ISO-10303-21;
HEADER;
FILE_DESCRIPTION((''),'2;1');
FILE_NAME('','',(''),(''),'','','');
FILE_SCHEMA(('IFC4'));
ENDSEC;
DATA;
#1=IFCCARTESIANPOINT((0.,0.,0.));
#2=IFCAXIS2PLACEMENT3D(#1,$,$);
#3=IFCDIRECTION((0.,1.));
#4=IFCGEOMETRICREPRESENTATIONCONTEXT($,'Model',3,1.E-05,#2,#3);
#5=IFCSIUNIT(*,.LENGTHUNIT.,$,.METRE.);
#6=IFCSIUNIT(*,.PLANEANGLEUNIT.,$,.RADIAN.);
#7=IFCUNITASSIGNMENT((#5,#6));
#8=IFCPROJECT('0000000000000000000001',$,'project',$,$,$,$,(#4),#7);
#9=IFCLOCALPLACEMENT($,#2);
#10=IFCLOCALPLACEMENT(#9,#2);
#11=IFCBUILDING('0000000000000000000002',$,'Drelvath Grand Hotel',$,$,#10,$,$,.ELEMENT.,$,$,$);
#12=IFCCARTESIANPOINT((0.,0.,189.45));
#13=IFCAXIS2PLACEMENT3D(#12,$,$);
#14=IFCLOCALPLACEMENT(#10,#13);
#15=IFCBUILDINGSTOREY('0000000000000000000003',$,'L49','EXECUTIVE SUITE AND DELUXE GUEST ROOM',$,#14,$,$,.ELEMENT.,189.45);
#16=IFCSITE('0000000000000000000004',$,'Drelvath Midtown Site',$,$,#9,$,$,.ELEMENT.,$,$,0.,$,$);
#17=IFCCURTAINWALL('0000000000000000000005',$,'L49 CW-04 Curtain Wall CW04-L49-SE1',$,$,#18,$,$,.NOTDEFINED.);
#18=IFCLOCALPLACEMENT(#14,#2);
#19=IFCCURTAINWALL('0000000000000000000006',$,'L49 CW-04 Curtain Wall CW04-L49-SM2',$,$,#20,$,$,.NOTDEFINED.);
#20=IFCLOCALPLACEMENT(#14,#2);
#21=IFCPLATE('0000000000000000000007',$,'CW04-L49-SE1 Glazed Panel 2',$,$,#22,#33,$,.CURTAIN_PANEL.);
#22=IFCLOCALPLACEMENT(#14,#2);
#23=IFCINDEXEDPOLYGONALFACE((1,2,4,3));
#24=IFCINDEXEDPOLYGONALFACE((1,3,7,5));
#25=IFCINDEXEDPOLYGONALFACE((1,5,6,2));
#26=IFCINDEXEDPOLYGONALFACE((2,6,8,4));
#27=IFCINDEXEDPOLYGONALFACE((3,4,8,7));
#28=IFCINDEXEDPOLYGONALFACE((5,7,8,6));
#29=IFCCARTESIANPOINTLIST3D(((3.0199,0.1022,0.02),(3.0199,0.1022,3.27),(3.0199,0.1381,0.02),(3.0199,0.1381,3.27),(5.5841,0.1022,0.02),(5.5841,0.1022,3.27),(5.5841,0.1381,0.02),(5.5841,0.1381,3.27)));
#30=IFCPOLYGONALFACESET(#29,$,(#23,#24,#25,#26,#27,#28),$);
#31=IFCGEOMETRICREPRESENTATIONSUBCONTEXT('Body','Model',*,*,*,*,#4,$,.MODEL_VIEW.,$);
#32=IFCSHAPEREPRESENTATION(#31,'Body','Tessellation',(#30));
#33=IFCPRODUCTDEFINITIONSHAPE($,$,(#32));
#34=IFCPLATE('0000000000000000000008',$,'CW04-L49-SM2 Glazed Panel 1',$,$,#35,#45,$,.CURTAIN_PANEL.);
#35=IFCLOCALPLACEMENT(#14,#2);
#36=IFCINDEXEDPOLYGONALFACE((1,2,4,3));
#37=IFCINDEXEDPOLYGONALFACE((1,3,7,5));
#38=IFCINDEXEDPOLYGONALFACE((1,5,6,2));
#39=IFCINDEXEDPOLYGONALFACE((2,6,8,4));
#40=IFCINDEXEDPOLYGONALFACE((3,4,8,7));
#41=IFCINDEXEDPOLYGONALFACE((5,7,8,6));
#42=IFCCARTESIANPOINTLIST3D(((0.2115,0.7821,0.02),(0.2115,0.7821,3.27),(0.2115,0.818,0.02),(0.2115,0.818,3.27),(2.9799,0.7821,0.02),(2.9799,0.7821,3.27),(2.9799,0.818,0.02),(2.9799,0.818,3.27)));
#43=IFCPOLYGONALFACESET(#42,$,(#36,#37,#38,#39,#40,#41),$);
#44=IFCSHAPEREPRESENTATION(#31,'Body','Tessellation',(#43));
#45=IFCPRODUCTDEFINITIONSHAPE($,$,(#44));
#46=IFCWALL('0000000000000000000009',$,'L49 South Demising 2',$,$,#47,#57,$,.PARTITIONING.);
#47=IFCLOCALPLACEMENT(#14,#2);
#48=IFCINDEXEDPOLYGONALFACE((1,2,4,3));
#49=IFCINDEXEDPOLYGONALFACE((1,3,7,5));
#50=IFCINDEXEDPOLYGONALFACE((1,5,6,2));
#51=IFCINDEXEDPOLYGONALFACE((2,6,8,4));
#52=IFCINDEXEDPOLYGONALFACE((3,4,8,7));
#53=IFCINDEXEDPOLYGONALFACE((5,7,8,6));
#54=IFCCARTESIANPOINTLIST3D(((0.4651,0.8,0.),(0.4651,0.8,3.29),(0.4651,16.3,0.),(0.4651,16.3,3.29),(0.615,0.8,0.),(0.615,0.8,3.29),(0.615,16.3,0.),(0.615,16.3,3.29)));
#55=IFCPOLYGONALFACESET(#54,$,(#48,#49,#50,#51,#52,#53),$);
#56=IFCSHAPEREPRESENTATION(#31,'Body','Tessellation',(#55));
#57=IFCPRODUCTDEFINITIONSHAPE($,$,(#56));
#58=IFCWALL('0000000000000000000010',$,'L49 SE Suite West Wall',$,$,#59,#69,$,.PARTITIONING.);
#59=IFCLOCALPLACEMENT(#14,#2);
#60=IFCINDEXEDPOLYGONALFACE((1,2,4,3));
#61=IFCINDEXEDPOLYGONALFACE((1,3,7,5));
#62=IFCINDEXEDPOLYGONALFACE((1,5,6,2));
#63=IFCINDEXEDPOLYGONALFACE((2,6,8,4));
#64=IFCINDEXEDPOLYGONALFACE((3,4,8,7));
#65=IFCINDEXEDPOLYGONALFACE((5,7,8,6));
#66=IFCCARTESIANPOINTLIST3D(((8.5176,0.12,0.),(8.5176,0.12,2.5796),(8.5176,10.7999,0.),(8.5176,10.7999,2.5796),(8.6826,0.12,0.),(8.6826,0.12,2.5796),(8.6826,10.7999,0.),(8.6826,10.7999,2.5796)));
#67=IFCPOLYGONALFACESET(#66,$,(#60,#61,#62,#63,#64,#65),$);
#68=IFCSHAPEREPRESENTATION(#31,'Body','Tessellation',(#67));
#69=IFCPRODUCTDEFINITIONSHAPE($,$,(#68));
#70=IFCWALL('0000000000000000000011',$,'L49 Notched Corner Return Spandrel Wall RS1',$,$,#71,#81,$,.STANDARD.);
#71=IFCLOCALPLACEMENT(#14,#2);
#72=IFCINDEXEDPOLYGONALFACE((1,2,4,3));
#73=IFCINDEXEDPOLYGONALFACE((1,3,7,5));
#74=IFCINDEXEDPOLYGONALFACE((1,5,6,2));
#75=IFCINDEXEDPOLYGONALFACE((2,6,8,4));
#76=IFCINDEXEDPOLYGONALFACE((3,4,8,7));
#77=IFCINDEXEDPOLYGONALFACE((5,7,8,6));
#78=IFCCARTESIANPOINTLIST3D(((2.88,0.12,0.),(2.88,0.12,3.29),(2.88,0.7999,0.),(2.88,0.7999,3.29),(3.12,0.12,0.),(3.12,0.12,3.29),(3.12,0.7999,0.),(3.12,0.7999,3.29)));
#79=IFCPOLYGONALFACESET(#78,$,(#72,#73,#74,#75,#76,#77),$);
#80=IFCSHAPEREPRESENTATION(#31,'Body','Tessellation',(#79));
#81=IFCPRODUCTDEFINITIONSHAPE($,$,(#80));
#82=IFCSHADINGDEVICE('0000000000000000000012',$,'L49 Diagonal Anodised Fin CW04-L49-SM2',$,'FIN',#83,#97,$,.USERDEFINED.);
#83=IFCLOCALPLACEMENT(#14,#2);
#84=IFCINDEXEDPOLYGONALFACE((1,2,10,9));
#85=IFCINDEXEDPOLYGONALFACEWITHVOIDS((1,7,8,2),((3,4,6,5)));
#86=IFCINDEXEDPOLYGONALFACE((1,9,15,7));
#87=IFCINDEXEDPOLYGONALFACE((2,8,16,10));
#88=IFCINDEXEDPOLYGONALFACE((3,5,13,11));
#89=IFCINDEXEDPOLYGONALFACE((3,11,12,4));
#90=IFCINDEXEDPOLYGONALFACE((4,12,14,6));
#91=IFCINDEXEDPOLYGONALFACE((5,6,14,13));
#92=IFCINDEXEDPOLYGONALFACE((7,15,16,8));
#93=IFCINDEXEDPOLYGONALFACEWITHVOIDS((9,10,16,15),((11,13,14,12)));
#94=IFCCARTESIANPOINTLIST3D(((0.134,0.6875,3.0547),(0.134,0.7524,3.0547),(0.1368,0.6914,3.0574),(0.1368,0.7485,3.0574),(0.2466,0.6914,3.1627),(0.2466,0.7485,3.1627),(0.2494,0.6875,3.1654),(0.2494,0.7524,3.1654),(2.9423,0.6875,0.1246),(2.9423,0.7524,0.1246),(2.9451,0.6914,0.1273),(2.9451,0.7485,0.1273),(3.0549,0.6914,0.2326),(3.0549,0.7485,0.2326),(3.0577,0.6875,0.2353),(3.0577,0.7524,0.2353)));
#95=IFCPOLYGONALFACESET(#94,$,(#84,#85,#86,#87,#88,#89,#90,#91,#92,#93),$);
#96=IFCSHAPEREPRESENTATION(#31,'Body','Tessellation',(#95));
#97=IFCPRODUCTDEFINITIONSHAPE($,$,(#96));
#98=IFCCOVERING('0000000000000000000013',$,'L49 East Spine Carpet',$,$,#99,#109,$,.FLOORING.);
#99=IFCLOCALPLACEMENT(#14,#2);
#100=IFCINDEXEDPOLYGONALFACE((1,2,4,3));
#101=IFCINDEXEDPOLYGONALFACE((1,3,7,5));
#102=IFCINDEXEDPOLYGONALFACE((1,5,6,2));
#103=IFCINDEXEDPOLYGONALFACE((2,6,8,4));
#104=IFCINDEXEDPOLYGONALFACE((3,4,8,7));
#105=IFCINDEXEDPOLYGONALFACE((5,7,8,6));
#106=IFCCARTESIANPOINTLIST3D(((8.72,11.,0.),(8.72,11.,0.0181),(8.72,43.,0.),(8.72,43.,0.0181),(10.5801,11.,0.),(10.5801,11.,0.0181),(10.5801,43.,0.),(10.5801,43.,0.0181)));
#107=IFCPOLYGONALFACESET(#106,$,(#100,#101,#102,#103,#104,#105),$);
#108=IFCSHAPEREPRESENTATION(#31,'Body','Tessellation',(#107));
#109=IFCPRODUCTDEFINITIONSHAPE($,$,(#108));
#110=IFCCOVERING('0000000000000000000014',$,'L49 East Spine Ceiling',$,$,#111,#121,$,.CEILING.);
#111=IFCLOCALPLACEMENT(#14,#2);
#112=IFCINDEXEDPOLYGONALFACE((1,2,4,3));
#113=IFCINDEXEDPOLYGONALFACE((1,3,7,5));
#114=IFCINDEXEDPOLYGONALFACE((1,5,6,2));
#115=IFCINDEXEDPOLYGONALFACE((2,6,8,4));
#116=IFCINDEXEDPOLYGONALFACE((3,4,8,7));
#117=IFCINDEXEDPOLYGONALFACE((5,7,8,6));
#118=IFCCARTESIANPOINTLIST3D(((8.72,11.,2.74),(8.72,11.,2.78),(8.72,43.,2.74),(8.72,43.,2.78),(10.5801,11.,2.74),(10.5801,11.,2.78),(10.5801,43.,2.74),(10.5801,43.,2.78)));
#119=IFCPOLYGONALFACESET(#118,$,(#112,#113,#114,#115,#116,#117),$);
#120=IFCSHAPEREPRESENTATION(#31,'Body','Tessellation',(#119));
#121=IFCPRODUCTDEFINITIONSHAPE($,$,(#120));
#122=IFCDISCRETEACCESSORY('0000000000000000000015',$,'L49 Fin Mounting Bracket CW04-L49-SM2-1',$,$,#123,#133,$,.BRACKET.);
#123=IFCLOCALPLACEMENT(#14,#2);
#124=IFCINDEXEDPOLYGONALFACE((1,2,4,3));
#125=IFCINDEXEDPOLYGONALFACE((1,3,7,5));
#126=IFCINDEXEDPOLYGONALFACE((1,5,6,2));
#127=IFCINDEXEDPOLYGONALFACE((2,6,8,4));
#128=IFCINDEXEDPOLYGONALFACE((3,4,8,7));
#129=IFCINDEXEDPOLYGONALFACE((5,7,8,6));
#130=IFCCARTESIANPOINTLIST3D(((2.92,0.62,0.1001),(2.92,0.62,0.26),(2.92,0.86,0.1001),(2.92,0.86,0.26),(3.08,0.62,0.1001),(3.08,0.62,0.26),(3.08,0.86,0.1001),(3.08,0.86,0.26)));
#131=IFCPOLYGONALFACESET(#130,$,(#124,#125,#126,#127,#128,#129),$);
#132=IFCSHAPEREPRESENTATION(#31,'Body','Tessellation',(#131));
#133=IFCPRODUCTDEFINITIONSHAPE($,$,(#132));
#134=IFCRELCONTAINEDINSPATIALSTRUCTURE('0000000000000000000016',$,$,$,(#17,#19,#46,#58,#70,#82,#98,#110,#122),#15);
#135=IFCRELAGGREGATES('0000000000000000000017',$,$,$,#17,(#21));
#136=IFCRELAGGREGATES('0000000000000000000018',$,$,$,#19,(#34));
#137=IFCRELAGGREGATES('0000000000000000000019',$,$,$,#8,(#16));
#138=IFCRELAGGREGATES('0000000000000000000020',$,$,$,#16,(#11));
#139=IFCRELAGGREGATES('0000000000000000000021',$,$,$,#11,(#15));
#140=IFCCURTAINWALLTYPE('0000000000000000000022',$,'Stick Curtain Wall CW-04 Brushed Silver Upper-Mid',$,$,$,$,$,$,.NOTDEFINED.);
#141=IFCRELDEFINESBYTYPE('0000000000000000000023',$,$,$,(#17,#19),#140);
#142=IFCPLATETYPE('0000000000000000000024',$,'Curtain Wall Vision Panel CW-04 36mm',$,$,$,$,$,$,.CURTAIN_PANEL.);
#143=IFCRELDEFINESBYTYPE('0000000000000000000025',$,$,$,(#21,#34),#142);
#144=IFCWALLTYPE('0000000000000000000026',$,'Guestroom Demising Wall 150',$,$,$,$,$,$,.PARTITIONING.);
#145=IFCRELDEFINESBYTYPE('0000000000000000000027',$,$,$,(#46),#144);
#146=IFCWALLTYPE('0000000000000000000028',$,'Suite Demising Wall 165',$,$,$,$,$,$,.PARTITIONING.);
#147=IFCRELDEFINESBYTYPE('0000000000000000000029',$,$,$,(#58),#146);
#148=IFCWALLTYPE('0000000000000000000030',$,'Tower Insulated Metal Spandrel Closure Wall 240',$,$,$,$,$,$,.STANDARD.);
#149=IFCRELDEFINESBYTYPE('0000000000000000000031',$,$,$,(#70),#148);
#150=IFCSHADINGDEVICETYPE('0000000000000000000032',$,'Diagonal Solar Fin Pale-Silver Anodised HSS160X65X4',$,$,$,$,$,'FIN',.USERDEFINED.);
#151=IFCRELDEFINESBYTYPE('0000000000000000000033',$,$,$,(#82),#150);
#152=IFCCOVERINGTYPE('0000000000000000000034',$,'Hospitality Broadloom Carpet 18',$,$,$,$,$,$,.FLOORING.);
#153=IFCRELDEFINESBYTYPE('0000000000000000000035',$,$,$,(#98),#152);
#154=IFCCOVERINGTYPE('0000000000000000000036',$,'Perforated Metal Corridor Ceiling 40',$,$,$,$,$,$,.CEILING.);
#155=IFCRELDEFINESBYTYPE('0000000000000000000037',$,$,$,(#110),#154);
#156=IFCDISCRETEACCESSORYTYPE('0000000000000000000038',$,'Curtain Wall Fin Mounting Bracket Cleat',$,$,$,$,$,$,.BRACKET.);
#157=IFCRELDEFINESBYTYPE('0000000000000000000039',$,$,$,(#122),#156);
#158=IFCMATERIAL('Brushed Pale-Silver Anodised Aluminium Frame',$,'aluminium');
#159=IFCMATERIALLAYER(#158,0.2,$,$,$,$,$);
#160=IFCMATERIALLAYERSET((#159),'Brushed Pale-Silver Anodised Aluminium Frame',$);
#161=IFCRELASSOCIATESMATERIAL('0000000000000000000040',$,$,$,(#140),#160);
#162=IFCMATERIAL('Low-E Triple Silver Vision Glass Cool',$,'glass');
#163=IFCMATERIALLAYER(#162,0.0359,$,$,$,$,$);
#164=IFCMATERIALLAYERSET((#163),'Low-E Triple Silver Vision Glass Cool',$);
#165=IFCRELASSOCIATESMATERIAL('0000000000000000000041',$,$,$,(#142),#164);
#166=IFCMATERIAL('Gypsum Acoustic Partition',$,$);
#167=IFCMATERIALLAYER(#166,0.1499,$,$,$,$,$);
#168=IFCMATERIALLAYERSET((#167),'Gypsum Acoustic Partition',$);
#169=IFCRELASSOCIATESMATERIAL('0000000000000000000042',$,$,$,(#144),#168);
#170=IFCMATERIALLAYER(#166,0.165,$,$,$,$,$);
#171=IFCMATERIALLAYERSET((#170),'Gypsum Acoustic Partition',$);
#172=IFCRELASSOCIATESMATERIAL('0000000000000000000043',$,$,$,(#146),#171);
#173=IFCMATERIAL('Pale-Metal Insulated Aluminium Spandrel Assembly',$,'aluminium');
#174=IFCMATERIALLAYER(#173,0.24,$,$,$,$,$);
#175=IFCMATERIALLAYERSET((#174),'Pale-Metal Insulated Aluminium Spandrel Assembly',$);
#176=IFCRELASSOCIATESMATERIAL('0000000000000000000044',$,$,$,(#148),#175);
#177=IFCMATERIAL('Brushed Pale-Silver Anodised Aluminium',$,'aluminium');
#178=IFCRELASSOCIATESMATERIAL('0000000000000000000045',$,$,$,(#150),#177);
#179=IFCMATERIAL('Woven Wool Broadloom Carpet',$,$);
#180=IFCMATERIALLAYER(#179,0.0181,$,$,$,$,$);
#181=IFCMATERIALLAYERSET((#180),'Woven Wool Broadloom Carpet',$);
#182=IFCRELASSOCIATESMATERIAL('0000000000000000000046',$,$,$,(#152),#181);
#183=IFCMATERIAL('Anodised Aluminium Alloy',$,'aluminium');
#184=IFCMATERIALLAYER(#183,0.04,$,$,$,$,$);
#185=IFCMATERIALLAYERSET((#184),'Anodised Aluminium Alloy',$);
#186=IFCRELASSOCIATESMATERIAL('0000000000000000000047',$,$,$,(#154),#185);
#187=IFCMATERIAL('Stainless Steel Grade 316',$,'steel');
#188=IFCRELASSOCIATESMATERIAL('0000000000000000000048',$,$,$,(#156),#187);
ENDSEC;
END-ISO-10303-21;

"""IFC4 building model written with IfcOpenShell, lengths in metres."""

from ifc_helpers import new_model, si_unit, direction, frame, frame_2d, origin, origin_2d, place, context, subcontext, project, spatial, polyline, rectangle, hollow_rectangle, outline, extrude, material, layer, layer_set, material_profile, profile_set, type_object, element, aggregate, save


model = new_model("IFC4")

# Units and contexts
model_context = context("Model", 3, precision=1e-05, world=origin(), true_north=direction((0.0, 1.0)))
body_context = subcontext(model_context, "Body", "Model", "MODEL_VIEW")
ifc_project = project(units=[si_unit("LENGTHUNIT", "METRE"), si_unit("PLANEANGLEUNIT", "RADIAN")], contexts=[model_context])

# Site, building, storey
site_placement = place(None, origin())
site = spatial("IfcSite", under=ifc_project, at=site_placement, Name="Drelvath Midtown Site", CompositionType="ELEMENT", RefElevation=0.0)
building_placement = place(site_placement, origin())
building = spatial("IfcBuilding", under=site, at=building_placement, Name="Drelvath Grand Hotel", CompositionType="ELEMENT")
storey_placement = place(building_placement, frame((0.0, 0.0, 189.45)))
storey = spatial("IfcBuildingStorey", under=building, at=storey_placement, Name="L49", Description="EXECUTIVE SUITE AND DELUXE GUEST ROOM", CompositionType="ELEMENT", Elevation=189.45)

# Curtain walls
ifc_material_1 = material(Name="Brushed Pale-Silver Anodised Aluminium Frame", Category="aluminium")
ifc_layer_1 = layer(ifc_material_1, 0.2)
ifc_layer_set_1 = layer_set([ifc_layer_1], Name="Brushed Pale-Silver Anodised Aluminium Frame")
curtain_wall_type = type_object("IfcCurtainWallType", Name="Stick Curtain Wall CW-04 Brushed Silver Upper-Mid", PredefinedType="NOTDEFINED", material=ifc_layer_set_1)
curtain_wall_1_placement = place(storey_placement, origin())
curtain_wall_1 = element("IfcCurtainWall", 1, at=curtain_wall_1_placement, inside=storey, type_object=curtain_wall_type, Name="L49 CW-04 Curtain Wall CW04-L49-SE1", PredefinedType="NOTDEFINED")
curtain_wall_2_placement = place(storey_placement, origin())
curtain_wall_2 = element("IfcCurtainWall", 2, at=curtain_wall_2_placement, inside=storey, type_object=curtain_wall_type, Name="L49 CW-04 Curtain Wall CW04-L49-SM2", PredefinedType="NOTDEFINED")

# Plates
ifc_material_2 = material(Name="Low-E Triple Silver Vision Glass Cool", Category="glass")
ifc_layer_2 = layer(ifc_material_2, 0.0359)
ifc_layer_set_2 = layer_set([ifc_layer_2], Name="Low-E Triple Silver Vision Glass Cool")
plate_type = type_object("IfcPlateType", Name="Curtain Wall Vision Panel CW-04 36mm", PredefinedType="CURTAIN_PANEL", material=ifc_layer_set_2)
plate_1_placement = place(storey_placement, frame((4.302, 0.1201, 0.02), z_axis=(0.0, 0.0, 1.0), x_axis=(-1.0, 0.0, 0.0)))
plate_1 = element("IfcPlate", 3, at=plate_1_placement, type_object=plate_type, Name="CW04-L49-SE1 Glazed Panel 2", PredefinedType="CURTAIN_PANEL", context=body_context, shape_type="SweptSolid", body=[
    extrude(rectangle(XDim=2.5642, YDim=0.0359, at=origin_2d()), origin(), (0.0, 0.0, 1.0), 3.25),
])
aggregate(curtain_wall_1, [plate_1])
plate_2_placement = place(storey_placement, frame((1.5957, 0.8, 0.02), z_axis=(0.0, 0.0, 1.0), x_axis=(-1.0, 0.0, 0.0)))
plate_2 = element("IfcPlate", 4, at=plate_2_placement, type_object=plate_type, Name="CW04-L49-SM2 Glazed Panel 1", PredefinedType="CURTAIN_PANEL", context=body_context, shape_type="SweptSolid", body=[
    extrude(rectangle(XDim=2.7683, YDim=0.0359, at=origin_2d()), origin(), (0.0, 0.0, 1.0), 3.25),
])
aggregate(curtain_wall_2, [plate_2])

# Walls
ifc_material_3 = material(Name="Gypsum Acoustic Partition")
ifc_layer_3 = layer(ifc_material_3, 0.1499)
ifc_layer_set_3 = layer_set([ifc_layer_3], Name="Gypsum Acoustic Partition")
wall_type_1 = type_object("IfcWallType", Name="Guestroom Demising Wall 150", PredefinedType="PARTITIONING", material=ifc_layer_set_3)
wall_1_placement = place(storey_placement, frame((0.54, 0.8, 0.0), z_axis=(0.0, 0.0, 1.0), x_axis=(0.0, 1.0, 0.0)))
element("IfcWall", 5, at=wall_1_placement, inside=storey, type_object=wall_type_1, Name="L49 South Demising 2", PredefinedType="PARTITIONING", context=body_context, shape_type="SweptSolid", body=[
    extrude(rectangle(XDim=15.5, YDim=0.1499, at=frame_2d((7.75, 0.0))), origin(), (0.0, 0.0, 1.0), 3.29),
])
ifc_layer_4 = layer(ifc_material_3, 0.165)
ifc_layer_set_4 = layer_set([ifc_layer_4], Name="Gypsum Acoustic Partition")
wall_type_2 = type_object("IfcWallType", Name="Suite Demising Wall 165", PredefinedType="PARTITIONING", material=ifc_layer_set_4)
wall_2_placement = place(storey_placement, frame((8.6001, 0.1201, 0.0), z_axis=(0.0, 0.0, 1.0), x_axis=(0.0, 1.0, 0.0)))
element("IfcWall", 6, at=wall_2_placement, inside=storey, type_object=wall_type_2, Name="L49 SE Suite West Wall", PredefinedType="PARTITIONING", context=body_context, shape_type="SweptSolid", body=[
    extrude(rectangle(XDim=10.6799, YDim=0.165, at=frame_2d((5.3398, 0.0))), origin(), (0.0, 0.0, 1.0), 2.5796),
])
ifc_material_4 = material(Name="Pale-Metal Insulated Aluminium Spandrel Assembly", Category="aluminium")
ifc_layer_5 = layer(ifc_material_4, 0.24)
ifc_layer_set_5 = layer_set([ifc_layer_5], Name="Pale-Metal Insulated Aluminium Spandrel Assembly")
wall_type_3 = type_object("IfcWallType", Name="Tower Insulated Metal Spandrel Closure Wall 240", PredefinedType="STANDARD", material=ifc_layer_set_5)
wall_3_placement = place(storey_placement, frame((3.0, 0.1201, 0.0), z_axis=(0.0, 0.0, 1.0), x_axis=(0.0, 1.0, 0.0)))
element("IfcWall", 7, at=wall_3_placement, inside=storey, type_object=wall_type_3, Name="L49 Notched Corner Return Spandrel Wall RS1", PredefinedType="STANDARD", context=body_context, shape_type="SweptSolid", body=[
    extrude(rectangle(XDim=0.6799, YDim=0.24, at=frame_2d((0.3398, 0.0))), origin(), (0.0, 0.0, 1.0), 3.29),
])

# Shading device
ifc_material_5 = material(Name="Brushed Pale-Silver Anodised Aluminium", Category="aluminium")
ifc_material_profile_1 = material_profile(ifc_material_5, hollow_rectangle(XDim=0.0649, YDim=0.1599, WallThickness=0.0039, at=origin_2d()), Name="HSS160X65X4")
ifc_profile_set_1 = profile_set([ifc_material_profile_1], Name="Brushed Pale-Silver Anodised Aluminium")
shading_device_type = type_object("IfcShadingDeviceType", Name="Diagonal Solar Fin Pale-Silver Anodised HSS160X65X4", ElementType="FIN", PredefinedType="USERDEFINED", material=ifc_profile_set_1)
shading_device_placement = place(storey_placement, frame((3.0, 0.72, 0.1799), z_axis=(-0.691939, 0.0, 0.721956), x_axis=(0.0, -1.0, 0.0)))
element("IfcShadingDevice", 8, at=shading_device_placement, inside=storey, type_object=shading_device_type, Name="L49 Diagonal Anodised Fin CW04-L49-SM2", ObjectType="FIN", PredefinedType="USERDEFINED", context=body_context, shape_type="SweptSolid", body=[
    extrude(hollow_rectangle(XDim=0.0649, YDim=0.1599, WallThickness=0.0039, at=origin_2d()), origin(), (0.0, 0.0, 1.0), 4.0586),
])

# Coverings
ifc_material_6 = material(Name="Woven Wool Broadloom Carpet")
ifc_layer_6 = layer(ifc_material_6, 0.0181)
ifc_layer_set_6 = layer_set([ifc_layer_6], Name="Woven Wool Broadloom Carpet")
covering_type_1 = type_object("IfcCoveringType", Name="Hospitality Broadloom Carpet 18", PredefinedType="FLOORING", material=ifc_layer_set_6)
covering_1_placement = place(storey_placement, origin())
element("IfcCovering", 9, at=covering_1_placement, inside=storey, type_object=covering_type_1, Name="L49 East Spine Carpet", PredefinedType="FLOORING", context=body_context, shape_type="SweptSolid", body=[
    extrude(outline(polyline([(10.5801, 11.0), (10.5801, 43.0), (8.72, 43.0), (8.72, 11.0), (10.5801, 11.0)])), origin(), (0.0, 0.0, 1.0), 0.0181),
])
ifc_material_7 = material(Name="Anodised Aluminium Alloy", Category="aluminium")
ifc_layer_7 = layer(ifc_material_7, 0.04)
ifc_layer_set_7 = layer_set([ifc_layer_7], Name="Anodised Aluminium Alloy")
covering_type_2 = type_object("IfcCoveringType", Name="Perforated Metal Corridor Ceiling 40", PredefinedType="CEILING", material=ifc_layer_set_7)
covering_2_placement = place(storey_placement, frame((0.0, 0.0, 2.74)))
element("IfcCovering", 10, at=covering_2_placement, inside=storey, type_object=covering_type_2, Name="L49 East Spine Ceiling", PredefinedType="CEILING", context=body_context, shape_type="SweptSolid", body=[
    extrude(outline(polyline([(10.5801, 11.0), (10.5801, 43.0), (8.72, 43.0), (8.72, 11.0), (10.5801, 11.0)])), origin(), (0.0, 0.0, 1.0), 0.04),
])

# Discrete accessory
ifc_material_8 = material(Name="Stainless Steel Grade 316", Category="steel")
discrete_accessory_type = type_object("IfcDiscreteAccessoryType", Name="Curtain Wall Fin Mounting Bracket Cleat", PredefinedType="BRACKET", material=ifc_material_8)
discrete_accessory_placement = place(storey_placement, frame((3.0, 0.74, 0.1001), z_axis=(0.0, 0.0, 1.0), x_axis=(-1.0, 0.0, 0.0)))
element("IfcDiscreteAccessory", 11, at=discrete_accessory_placement, inside=storey, type_object=discrete_accessory_type, Name="L49 Fin Mounting Bracket CW04-L49-SM2-1", PredefinedType="BRACKET", context=body_context, shape_type="SweptSolid", body=[
    extrude(rectangle(XDim=0.1599, YDim=0.24, at=origin_2d()), origin(), (0.0, 0.0, 1.0), 0.1599),
])

save(model, "model.ifc")
